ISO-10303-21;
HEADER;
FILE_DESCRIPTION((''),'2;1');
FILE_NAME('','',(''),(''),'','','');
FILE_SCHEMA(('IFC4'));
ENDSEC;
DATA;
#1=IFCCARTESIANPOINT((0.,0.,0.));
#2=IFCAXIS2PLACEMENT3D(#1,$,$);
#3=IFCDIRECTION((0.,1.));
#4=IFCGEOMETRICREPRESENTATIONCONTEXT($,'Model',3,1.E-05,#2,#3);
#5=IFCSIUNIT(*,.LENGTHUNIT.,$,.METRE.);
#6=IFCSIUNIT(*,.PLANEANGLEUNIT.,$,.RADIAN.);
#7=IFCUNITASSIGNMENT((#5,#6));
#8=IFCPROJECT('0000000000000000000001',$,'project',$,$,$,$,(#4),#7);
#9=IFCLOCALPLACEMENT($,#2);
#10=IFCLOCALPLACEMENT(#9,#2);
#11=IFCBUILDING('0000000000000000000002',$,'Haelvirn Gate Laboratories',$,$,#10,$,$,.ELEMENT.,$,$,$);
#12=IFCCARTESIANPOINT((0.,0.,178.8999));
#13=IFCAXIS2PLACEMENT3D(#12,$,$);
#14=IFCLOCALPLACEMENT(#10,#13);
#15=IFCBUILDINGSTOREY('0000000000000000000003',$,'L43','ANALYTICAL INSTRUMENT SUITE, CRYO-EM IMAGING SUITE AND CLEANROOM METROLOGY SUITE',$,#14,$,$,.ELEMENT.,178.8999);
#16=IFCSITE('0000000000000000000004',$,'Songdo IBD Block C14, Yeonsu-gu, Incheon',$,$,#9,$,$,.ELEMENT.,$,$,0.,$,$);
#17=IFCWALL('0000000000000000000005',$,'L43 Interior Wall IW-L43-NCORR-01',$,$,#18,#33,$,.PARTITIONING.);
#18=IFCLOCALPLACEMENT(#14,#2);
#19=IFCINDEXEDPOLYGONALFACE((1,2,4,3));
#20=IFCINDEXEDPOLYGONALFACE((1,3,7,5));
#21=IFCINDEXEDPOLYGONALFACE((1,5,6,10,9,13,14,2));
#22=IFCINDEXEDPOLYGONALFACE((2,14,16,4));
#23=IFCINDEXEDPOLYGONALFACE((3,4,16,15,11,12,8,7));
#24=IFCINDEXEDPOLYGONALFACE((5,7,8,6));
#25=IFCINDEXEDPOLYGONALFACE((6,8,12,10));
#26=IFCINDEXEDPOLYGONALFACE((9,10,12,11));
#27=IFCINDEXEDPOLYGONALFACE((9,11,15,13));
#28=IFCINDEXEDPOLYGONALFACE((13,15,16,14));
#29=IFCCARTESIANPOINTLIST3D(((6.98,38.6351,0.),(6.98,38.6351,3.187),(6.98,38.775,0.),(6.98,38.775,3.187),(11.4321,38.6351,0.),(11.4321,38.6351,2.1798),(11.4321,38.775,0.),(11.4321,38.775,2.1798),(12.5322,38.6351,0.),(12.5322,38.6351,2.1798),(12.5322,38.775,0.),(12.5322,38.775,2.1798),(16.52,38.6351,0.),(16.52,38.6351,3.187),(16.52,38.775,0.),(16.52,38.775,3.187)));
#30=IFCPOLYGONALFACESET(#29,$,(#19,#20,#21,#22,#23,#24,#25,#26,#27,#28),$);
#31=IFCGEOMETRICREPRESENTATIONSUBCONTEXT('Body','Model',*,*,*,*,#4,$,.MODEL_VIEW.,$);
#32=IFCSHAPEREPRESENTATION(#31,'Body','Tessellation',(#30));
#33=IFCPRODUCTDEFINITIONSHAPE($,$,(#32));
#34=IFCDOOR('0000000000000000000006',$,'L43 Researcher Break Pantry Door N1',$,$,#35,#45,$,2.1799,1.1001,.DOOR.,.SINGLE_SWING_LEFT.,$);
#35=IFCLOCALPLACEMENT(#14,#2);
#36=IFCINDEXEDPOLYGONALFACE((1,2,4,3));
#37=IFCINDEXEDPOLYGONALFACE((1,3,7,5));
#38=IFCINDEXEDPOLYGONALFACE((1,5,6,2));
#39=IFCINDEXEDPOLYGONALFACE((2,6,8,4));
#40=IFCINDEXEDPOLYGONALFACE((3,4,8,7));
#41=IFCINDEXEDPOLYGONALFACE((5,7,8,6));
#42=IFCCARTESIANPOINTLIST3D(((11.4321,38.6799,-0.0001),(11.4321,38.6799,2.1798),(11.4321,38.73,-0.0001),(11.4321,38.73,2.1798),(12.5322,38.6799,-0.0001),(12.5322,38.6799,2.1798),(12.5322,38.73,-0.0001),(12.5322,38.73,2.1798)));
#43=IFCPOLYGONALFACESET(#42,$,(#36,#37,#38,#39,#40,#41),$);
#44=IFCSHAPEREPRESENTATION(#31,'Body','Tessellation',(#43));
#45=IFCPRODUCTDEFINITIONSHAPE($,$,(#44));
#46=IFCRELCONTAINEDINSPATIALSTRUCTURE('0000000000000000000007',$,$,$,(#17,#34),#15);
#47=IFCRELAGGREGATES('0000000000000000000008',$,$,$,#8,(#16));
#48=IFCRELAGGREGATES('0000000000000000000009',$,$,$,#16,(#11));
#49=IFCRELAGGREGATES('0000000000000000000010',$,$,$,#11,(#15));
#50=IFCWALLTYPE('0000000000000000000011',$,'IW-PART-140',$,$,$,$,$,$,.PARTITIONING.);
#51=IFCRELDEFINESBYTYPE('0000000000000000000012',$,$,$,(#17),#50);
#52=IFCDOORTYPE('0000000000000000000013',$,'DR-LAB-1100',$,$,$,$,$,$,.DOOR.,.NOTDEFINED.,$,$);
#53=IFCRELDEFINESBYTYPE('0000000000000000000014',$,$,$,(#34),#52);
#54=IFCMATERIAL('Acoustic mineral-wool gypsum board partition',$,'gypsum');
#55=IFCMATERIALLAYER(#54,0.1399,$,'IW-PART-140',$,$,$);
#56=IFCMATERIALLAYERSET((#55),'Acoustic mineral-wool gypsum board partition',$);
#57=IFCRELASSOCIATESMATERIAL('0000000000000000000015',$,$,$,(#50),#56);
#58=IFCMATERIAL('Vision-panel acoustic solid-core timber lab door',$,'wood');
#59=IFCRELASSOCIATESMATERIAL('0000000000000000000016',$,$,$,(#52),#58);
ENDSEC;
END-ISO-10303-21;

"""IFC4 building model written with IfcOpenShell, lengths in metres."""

from ifc_helpers import new_model, si_unit, direction, frame, frame_2d, origin, place, context, subcontext, project, spatial, rectangle, extrude, source, transform, mapped, material, layer, layer_set, type_object, type_shapes, element, fill, save


model = new_model("IFC4")

# Units and contexts
model_context = context("Model", 3, precision=1e-05, world=origin(), true_north=direction((0.0, 1.0)))
body_context = subcontext(model_context, "Body", "Model", "MODEL_VIEW")
ifc_project = project(units=[si_unit("LENGTHUNIT", "METRE"), si_unit("PLANEANGLEUNIT", "RADIAN")], contexts=[model_context])

# Site, building, storey
site_placement = place(None, origin())
site = spatial("IfcSite", under=ifc_project, at=site_placement, Name="Songdo IBD Block C14, Yeonsu-gu, Incheon", CompositionType="ELEMENT", RefElevation=0.0)
building_placement = place(site_placement, origin())
building = spatial("IfcBuilding", under=site, at=building_placement, Name="Haelvirn Gate Laboratories", CompositionType="ELEMENT")
storey_placement = place(building_placement, frame((0.0, 0.0, 178.8999)))
storey = spatial("IfcBuildingStorey", under=building, at=storey_placement, Name="L43", Description="ANALYTICAL INSTRUMENT SUITE, CRYO-EM IMAGING SUITE AND CLEANROOM METROLOGY SUITE", CompositionType="ELEMENT", Elevation=178.8999)

# Wall, opening, door
ifc_material_1 = material(Name="Acoustic mineral-wool gypsum board partition", Category="gypsum")
ifc_layer_1 = layer(ifc_material_1, 0.1399, Name="IW-PART-140")
ifc_layer_set_1 = layer_set([ifc_layer_1], Name="Acoustic mineral-wool gypsum board partition")
wall_type_1 = type_object("IfcWallType", Name="IW-PART-140", PredefinedType="PARTITIONING", material=ifc_layer_set_1)
wall_1_placement = place(storey_placement, frame((6.98, 38.7051, 0.0), z_axis=(0.0, 0.0, 1.0), x_axis=(1.0, 0.0, 0.0)))
wall_1 = element("IfcWall", 1, at=wall_1_placement, inside=storey, type_object=wall_type_1, Name="L43 Interior Wall IW-L43-NCORR-01", PredefinedType="PARTITIONING", context=body_context, shape_type="SweptSolid", body=[
    extrude(rectangle(XDim=9.54, YDim=0.1399, at=frame_2d((4.77, 0.0))), origin(), (0.0, 0.0, 1.0), 3.187),
])
opening_1_placement = place(wall_1_placement, frame((4.4521, 0.0, 0.0)))
opening_1 = element("IfcOpeningElement", 2, at=opening_1_placement, cuts=wall_1, PredefinedType="OPENING", context=body_context, shape_type="SweptSolid", body=[
    extrude(rectangle(XDim=1.1001, YDim=2.1799, at=frame_2d((0.55, 1.0898))), frame((0.0, 0.0801, 0.0), z_axis=(0.0, -1.0, 0.0), x_axis=(1.0, 0.0, 0.0)), (0.0, 0.0, 1.0), 0.1599),
])
ifc_material_2 = material(Name="Vision-panel acoustic solid-core timber lab door", Category="wood")
door_type_1 = type_object("IfcDoorType", Name="DR-LAB-1100", OperationType="NOTDEFINED", PredefinedType="DOOR", material=ifc_material_2)
shared_shape_1 = source(origin(), body_context, "Body", "SweptSolid", [
    extrude(rectangle(XDim=1.1001, YDim=2.1799, at=frame_2d((0.55, 1.0898))), frame((0.0, 0.0249, 0.0), z_axis=(0.0, -1.0, 0.0), x_axis=(1.0, 0.0, 0.0)), (0.0, 0.0, 1.0), 0.05),
])
type_shapes(door_type_1, [shared_shape_1])
door_1_placement = place(opening_1_placement, origin())
door_1 = element("IfcDoor", 3, at=door_1_placement, inside=storey, type_object=door_type_1, Name="L43 Researcher Break Pantry Door N1", OperationType="SINGLE_SWING_LEFT", OverallHeight=2.1799, OverallWidth=1.1001, PredefinedType="DOOR", context=body_context, shape_type="MappedRepresentation", body=[
    mapped(shared_shape_1, transform((0.0, 0.0, 0.0), scale=1.0)),
])
fill(opening_1, door_1)

save(model, "model.ifc")
